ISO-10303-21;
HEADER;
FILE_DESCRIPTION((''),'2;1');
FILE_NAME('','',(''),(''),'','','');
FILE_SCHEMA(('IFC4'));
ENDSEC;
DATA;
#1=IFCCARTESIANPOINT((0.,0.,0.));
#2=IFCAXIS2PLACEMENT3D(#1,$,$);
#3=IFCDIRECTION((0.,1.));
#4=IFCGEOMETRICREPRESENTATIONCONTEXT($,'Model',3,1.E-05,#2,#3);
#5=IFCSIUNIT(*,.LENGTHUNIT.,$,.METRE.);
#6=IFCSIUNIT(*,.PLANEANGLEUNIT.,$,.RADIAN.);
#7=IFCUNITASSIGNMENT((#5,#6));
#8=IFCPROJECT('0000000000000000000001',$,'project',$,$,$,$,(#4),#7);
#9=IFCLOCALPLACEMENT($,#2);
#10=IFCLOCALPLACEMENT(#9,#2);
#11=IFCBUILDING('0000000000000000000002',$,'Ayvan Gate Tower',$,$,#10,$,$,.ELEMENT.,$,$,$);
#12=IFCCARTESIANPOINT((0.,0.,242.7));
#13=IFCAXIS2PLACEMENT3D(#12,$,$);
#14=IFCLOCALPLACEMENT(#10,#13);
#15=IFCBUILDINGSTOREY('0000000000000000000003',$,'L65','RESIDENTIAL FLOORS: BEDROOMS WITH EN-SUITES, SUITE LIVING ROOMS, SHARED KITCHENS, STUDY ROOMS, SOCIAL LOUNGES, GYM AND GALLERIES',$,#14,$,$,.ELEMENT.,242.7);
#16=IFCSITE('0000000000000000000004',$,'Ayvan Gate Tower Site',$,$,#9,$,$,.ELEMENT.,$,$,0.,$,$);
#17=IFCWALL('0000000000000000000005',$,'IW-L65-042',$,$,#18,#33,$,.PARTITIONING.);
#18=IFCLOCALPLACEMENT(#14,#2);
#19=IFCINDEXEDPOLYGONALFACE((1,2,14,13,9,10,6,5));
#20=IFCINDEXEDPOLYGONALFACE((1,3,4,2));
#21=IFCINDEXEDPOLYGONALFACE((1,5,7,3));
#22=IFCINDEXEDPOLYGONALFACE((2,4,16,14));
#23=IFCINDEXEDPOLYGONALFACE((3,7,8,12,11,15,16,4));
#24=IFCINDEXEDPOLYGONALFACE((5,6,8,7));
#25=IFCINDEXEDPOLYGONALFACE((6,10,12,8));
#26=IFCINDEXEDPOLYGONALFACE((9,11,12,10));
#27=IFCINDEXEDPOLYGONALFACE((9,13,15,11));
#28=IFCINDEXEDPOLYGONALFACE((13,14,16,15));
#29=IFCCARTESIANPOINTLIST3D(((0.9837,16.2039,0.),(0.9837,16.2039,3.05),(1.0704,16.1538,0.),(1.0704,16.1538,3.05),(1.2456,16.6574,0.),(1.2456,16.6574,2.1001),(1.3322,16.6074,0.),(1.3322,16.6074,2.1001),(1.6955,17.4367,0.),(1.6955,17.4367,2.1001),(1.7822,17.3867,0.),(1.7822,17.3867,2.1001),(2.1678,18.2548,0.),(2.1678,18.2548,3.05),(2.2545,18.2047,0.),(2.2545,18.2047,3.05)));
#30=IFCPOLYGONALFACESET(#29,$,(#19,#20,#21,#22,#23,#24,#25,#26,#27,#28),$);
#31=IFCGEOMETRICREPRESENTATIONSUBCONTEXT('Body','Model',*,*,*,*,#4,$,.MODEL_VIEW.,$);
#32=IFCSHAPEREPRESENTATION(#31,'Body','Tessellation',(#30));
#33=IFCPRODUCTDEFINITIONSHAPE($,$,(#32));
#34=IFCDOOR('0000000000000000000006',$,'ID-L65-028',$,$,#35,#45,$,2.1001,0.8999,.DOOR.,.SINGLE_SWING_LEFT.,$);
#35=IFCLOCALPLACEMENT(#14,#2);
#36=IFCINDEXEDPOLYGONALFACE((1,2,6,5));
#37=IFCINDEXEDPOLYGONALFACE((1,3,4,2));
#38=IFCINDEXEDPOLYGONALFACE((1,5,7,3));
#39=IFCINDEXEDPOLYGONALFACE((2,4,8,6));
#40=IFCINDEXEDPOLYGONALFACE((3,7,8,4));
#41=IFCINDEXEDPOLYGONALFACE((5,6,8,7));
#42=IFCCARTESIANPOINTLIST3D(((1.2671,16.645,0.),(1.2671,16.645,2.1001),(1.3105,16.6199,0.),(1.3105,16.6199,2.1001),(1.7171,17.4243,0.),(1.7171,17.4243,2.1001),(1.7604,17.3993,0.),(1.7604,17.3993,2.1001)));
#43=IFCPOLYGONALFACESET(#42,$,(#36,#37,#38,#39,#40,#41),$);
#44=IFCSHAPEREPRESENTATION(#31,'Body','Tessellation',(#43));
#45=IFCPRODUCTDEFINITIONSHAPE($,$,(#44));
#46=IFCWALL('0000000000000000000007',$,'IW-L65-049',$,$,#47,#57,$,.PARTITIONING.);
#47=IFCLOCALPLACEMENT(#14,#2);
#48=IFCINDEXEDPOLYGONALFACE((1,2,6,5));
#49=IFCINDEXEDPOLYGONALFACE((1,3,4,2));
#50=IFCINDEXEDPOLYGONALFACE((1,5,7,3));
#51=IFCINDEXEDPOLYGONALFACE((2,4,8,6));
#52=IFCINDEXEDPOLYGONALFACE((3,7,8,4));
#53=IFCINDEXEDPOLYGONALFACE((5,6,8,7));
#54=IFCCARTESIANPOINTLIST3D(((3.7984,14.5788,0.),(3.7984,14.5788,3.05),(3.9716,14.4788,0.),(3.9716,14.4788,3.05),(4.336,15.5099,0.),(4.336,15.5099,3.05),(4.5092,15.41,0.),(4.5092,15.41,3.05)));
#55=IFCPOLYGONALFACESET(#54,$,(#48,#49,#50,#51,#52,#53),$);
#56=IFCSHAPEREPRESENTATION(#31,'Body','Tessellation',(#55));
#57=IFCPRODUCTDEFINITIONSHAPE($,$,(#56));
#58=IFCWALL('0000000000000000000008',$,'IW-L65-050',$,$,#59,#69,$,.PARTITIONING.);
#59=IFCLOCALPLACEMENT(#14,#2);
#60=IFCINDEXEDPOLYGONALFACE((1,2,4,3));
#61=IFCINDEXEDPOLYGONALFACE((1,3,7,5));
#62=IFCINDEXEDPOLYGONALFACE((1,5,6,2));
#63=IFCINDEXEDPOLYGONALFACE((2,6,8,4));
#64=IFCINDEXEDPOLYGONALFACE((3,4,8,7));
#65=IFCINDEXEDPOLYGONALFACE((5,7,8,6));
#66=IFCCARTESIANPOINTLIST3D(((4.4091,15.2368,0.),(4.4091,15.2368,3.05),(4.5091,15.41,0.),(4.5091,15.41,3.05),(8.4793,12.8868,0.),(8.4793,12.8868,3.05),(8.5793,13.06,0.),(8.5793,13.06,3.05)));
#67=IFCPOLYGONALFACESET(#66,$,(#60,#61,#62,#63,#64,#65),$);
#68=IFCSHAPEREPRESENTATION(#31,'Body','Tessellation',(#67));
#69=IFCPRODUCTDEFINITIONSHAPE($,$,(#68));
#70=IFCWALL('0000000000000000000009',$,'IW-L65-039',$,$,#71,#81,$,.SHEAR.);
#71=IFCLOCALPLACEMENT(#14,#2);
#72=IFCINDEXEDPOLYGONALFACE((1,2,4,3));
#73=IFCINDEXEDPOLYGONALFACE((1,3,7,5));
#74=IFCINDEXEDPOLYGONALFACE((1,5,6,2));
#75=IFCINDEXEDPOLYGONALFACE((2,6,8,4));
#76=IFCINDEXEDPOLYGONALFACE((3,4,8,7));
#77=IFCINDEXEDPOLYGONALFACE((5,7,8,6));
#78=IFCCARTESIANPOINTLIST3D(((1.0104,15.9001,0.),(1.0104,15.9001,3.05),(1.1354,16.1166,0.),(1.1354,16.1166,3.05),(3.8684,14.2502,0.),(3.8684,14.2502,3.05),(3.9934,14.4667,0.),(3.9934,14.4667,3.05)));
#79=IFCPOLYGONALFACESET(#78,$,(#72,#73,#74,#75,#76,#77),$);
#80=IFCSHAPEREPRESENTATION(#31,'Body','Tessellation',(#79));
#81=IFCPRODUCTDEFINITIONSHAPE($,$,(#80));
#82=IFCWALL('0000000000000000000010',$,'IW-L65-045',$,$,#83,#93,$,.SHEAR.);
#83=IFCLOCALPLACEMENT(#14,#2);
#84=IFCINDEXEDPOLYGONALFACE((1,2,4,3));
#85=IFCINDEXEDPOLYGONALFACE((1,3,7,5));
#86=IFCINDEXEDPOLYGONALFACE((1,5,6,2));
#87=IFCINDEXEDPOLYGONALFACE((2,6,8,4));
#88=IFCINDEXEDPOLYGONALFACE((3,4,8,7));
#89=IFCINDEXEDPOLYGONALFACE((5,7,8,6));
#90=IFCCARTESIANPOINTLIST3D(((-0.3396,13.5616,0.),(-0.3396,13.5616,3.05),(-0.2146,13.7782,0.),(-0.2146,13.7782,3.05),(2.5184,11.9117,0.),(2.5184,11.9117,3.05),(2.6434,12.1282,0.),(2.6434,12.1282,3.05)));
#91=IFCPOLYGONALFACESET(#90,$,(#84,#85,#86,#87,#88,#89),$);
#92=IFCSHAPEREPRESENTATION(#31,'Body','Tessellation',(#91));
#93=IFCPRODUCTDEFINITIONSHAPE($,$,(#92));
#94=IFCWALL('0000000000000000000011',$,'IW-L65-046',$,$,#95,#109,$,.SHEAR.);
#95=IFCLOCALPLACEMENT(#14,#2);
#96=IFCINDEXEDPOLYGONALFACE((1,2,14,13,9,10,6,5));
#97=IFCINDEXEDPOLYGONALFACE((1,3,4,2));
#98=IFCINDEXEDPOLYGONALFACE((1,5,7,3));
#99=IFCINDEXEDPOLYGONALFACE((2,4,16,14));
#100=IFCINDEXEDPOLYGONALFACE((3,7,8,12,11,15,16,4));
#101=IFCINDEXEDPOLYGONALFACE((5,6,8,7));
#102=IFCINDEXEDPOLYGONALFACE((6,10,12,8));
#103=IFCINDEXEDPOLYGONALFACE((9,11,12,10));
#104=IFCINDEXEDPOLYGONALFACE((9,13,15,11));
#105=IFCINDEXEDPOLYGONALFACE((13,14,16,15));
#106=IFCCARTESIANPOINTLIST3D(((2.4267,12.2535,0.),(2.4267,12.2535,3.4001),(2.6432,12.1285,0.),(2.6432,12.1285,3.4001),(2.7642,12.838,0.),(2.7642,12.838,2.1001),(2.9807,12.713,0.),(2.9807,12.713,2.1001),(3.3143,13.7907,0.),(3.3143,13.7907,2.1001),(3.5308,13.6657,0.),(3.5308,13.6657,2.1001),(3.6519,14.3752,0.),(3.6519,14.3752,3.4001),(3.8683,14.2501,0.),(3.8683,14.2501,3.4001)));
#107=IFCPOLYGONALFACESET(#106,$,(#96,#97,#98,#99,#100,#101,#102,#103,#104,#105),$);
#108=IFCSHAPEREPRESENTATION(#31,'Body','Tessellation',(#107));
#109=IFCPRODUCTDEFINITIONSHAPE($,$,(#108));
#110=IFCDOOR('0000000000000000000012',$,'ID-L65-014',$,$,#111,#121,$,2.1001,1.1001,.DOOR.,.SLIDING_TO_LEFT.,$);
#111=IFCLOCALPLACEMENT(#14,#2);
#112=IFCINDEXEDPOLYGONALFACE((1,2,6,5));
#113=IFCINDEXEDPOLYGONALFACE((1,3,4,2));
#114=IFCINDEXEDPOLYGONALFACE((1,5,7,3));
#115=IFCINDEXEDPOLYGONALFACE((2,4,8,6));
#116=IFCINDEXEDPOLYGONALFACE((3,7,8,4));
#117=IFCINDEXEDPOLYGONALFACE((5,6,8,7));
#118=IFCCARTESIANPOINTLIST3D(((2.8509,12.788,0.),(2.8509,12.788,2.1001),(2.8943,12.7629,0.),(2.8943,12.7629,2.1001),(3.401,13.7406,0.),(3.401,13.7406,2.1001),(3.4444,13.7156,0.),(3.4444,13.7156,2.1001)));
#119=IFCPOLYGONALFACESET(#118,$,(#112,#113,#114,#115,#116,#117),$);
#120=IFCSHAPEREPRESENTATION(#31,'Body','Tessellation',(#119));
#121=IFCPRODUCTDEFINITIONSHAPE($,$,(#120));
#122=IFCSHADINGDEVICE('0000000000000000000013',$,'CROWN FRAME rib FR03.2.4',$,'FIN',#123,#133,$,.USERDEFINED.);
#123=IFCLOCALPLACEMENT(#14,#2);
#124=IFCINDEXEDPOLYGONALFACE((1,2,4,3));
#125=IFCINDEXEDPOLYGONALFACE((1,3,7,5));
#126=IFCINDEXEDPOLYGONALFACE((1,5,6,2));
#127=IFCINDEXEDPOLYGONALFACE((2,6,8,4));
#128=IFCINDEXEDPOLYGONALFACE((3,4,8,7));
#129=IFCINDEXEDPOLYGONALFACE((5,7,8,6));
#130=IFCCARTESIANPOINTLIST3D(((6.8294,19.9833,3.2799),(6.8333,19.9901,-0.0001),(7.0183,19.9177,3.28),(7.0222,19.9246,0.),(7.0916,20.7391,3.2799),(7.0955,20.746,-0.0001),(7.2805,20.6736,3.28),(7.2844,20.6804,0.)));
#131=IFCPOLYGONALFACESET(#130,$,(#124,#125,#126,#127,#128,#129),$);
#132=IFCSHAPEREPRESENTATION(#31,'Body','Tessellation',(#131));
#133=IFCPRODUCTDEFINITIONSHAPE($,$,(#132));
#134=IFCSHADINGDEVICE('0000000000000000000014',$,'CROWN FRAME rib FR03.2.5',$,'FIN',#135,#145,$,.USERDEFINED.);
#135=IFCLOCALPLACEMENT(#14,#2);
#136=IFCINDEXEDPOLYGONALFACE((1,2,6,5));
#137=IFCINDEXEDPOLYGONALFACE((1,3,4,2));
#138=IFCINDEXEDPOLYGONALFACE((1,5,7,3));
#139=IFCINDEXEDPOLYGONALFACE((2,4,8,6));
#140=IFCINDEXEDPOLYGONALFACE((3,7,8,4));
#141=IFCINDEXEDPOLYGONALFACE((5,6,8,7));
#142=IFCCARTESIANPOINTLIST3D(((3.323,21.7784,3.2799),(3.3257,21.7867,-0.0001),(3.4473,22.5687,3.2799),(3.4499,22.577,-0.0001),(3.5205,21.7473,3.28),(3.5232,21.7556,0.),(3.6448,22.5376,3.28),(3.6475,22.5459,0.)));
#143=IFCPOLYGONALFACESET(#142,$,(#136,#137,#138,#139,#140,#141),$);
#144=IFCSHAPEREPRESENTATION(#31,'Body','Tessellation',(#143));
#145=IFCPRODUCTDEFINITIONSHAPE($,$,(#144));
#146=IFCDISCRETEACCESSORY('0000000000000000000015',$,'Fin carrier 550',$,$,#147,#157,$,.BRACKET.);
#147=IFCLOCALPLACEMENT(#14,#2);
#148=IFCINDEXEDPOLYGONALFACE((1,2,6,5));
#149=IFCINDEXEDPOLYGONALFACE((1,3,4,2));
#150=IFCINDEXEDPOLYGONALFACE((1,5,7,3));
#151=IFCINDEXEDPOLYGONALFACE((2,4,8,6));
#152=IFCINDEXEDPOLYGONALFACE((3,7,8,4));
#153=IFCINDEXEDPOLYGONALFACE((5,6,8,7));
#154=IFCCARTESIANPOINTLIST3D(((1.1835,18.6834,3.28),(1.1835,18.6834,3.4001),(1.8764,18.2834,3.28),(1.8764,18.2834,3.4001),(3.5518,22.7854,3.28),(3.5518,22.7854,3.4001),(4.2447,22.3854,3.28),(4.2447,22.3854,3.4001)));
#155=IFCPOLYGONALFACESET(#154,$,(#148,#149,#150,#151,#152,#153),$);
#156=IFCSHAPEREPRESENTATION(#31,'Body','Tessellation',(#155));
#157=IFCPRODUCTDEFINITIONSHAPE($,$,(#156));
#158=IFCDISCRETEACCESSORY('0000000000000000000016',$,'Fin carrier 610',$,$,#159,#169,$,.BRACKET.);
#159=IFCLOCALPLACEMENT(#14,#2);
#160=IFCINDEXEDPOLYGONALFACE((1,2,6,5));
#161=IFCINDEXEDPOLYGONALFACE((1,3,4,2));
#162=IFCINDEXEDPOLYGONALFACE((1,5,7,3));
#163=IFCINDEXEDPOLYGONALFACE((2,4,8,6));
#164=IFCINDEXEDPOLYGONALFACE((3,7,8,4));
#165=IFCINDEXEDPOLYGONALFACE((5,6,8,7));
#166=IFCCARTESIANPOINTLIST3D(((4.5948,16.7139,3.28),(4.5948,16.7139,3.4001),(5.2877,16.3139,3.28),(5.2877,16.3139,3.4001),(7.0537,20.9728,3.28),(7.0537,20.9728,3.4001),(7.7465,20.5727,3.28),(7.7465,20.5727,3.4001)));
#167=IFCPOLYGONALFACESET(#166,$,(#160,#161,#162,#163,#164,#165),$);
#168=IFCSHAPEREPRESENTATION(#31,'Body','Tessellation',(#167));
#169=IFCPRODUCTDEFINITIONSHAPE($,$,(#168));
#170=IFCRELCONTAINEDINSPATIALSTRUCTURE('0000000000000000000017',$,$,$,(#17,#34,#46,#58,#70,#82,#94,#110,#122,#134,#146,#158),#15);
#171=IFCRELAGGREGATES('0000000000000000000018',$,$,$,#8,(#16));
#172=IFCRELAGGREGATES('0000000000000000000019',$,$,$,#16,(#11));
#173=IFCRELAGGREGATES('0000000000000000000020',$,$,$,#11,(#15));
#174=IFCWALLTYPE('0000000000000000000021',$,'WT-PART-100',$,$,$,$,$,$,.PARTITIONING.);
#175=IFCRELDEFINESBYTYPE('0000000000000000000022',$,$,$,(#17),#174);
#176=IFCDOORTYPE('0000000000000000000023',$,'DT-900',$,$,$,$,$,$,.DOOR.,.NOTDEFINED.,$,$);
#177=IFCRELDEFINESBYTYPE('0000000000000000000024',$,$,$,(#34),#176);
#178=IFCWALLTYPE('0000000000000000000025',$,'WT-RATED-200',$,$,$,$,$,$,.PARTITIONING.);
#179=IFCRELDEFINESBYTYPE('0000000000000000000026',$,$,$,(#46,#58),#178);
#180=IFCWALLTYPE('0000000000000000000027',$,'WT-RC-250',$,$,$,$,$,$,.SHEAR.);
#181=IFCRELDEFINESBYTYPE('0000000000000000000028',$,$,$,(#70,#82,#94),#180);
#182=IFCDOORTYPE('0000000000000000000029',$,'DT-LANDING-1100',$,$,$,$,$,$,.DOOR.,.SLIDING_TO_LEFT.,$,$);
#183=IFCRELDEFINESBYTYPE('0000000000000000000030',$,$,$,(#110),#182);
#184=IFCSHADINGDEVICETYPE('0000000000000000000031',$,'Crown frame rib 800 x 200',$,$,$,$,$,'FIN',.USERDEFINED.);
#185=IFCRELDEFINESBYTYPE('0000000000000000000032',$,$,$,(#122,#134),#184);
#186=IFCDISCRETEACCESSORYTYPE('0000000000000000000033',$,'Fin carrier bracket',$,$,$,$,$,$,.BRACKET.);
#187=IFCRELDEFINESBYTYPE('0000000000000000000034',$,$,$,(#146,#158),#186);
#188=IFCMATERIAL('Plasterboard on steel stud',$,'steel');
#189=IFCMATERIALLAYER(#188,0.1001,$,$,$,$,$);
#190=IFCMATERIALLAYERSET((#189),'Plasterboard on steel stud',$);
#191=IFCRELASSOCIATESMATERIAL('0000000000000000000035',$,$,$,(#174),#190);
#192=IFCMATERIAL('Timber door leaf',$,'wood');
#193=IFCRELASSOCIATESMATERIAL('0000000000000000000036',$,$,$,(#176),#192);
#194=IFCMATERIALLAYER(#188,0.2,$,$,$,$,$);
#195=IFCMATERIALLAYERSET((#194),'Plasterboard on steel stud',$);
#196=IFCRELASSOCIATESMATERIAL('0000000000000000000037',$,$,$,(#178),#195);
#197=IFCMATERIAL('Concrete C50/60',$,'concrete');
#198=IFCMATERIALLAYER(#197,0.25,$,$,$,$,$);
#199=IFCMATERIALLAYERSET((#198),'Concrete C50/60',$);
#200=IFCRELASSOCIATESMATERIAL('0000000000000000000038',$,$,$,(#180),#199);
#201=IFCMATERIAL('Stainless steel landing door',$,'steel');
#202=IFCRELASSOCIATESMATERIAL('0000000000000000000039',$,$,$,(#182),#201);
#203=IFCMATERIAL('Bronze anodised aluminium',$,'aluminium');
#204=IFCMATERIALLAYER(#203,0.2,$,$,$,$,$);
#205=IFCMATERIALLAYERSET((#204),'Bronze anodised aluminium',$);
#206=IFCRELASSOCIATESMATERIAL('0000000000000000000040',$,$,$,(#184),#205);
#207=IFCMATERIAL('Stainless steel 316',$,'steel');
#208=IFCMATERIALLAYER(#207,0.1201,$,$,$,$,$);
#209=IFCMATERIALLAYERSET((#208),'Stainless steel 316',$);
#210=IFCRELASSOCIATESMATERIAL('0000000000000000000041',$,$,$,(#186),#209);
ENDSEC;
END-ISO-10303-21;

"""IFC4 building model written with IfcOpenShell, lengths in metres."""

from ifc_helpers import new_model, si_unit, direction, frame, frame_2d, origin, origin_2d, place, context, subcontext, project, spatial, polyline, rectangle, outline, extrude, material, layer, layer_set, type_object, element, fill, save


model = new_model("IFC4")

# Units and contexts
model_context = context("Model", 3, precision=1e-05, world=origin(), true_north=direction((0.0, 1.0)))
body_context = subcontext(model_context, "Body", "Model", "MODEL_VIEW")
ifc_project = project(units=[si_unit("LENGTHUNIT", "METRE"), si_unit("PLANEANGLEUNIT", "RADIAN")], contexts=[model_context])

# Site, building, storey
site_placement = place(None, origin())
site = spatial("IfcSite", under=ifc_project, at=site_placement, Name="Ayvan Gate Tower Site", CompositionType="ELEMENT", RefElevation=0.0)
building_placement = place(site_placement, origin())
building = spatial("IfcBuilding", under=site, at=building_placement, Name="Ayvan Gate Tower", CompositionType="ELEMENT")
storey_placement = place(building_placement, frame((0.0, 0.0, 242.7)))
storey = spatial("IfcBuildingStorey", under=building, at=storey_placement, Name="L65", Description="RESIDENTIAL FLOORS: BEDROOMS WITH EN-SUITES, SUITE LIVING ROOMS, SHARED KITCHENS, STUDY ROOMS, SOCIAL LOUNGES, GYM AND GALLERIES", CompositionType="ELEMENT", Elevation=242.7)

# Shared definitions
ifc_material_1 = material(Name="Concrete C50/60", Category="concrete")

# Shared definitions
ifc_material_2 = material(Name="Bronze anodised aluminium", Category="aluminium")

# Wall, opening, door
ifc_material_3 = material(Name="Plasterboard on steel stud", Category="steel")
ifc_layer_1 = layer(ifc_material_3, 0.1001)
ifc_layer_set_1 = layer_set([ifc_layer_1], Name="Plasterboard on steel stud")
wall_type_1 = type_object("IfcWallType", Name="WT-PART-100", PredefinedType="PARTITIONING", material=ifc_layer_set_1)
wall_1_placement = place(storey_placement, frame((2.2112, 18.2297, 0.0), z_axis=(0.0, 0.0, 1.0), x_axis=(-0.50002, -0.866014, 0.0)))
wall_1 = element("IfcWall", 1, at=wall_1_placement, inside=storey, type_object=wall_type_1, Name="IW-L65-042", PredefinedType="PARTITIONING", context=body_context, shape_type="SweptSolid", body=[
    extrude(rectangle(XDim=2.3682, YDim=0.1001, at=frame_2d((1.1841, 0.0))), origin(), (0.0, 0.0, 1.0), 3.05),
])
opening_1_placement = place(wall_1_placement, frame((0.9446, 0.0, 0.0)))
opening_1 = element("IfcOpeningElement", 2, at=opening_1_placement, cuts=wall_1, PredefinedType="OPENING", context=body_context, shape_type="SweptSolid", body=[
    extrude(rectangle(XDim=0.8999, YDim=2.1001, at=frame_2d((0.45, 1.05))), frame((0.0, 0.0601, 0.0), z_axis=(0.0, -1.0, 0.0), x_axis=(1.0, 0.0, 0.0)), (0.0, 0.0, 1.0), 0.1201),
])
ifc_material_4 = material(Name="Timber door leaf", Category="wood")
door_type_1 = type_object("IfcDoorType", Name="DT-900", OperationType="NOTDEFINED", PredefinedType="DOOR", material=ifc_material_4)
door_1_placement = place(opening_1_placement, origin())
door_1 = element("IfcDoor", 3, at=door_1_placement, inside=storey, type_object=door_type_1, Name="ID-L65-028", OperationType="SINGLE_SWING_LEFT", OverallHeight=2.1001, OverallWidth=0.8999, PredefinedType="DOOR", context=body_context, shape_type="SweptSolid", body=[
    extrude(rectangle(XDim=0.8999, YDim=2.1001, at=frame_2d((0.45, 1.05))), frame((0.0, 0.0249, 0.0), z_axis=(0.0, -1.0, 0.0), x_axis=(1.0, 0.0, 0.0)), (0.0, 0.0, 1.0), 0.05),
])
fill(opening_1, door_1)

# Walls
ifc_layer_2 = layer(ifc_material_3, 0.2)
ifc_layer_set_2 = layer_set([ifc_layer_2], Name="Plasterboard on steel stud")
wall_type_2 = type_object("IfcWallType", Name="WT-RATED-200", PredefinedType="PARTITIONING", material=ifc_layer_set_2)
wall_2_placement = place(storey_placement, frame((3.885, 14.5288, 0.0), z_axis=(0.0, 0.0, 1.0), x_axis=(0.499998, 0.866027, 0.0)))
element("IfcWall", 4, at=wall_2_placement, inside=storey, type_object=wall_type_2, Name="IW-L65-049", PredefinedType="PARTITIONING", context=body_context, shape_type="SweptSolid", body=[
    extrude(rectangle(XDim=1.0752, YDim=0.2, at=frame_2d((0.5376, 0.0))), origin(), (0.0, 0.0, 1.0), 3.05),
])
wall_3_placement = place(storey_placement, frame((4.459, 15.3235, 0.0), z_axis=(0.0, 0.0, 1.0), x_axis=(0.866016, -0.500016, 0.0)))
element("IfcWall", 5, at=wall_3_placement, inside=storey, type_object=wall_type_2, Name="IW-L65-050", PredefinedType="PARTITIONING", context=body_context, shape_type="SweptSolid", body=[
    extrude(rectangle(XDim=4.7, YDim=0.2, at=frame_2d((2.3501, 0.0))), origin(), (0.0, 0.0, 1.0), 3.05),
])
ifc_layer_3 = layer(ifc_material_1, 0.25)
ifc_layer_set_3 = layer_set([ifc_layer_3], Name="Concrete C50/60")
wall_type_3 = type_object("IfcWallType", Name="WT-RC-250", PredefinedType="SHEAR", material=ifc_layer_set_3)
for number, where, z_axis, x_axis, name in (
    (6, (1.073, 16.0083, 0.0), (0.0, 0.0, 1.0), (0.86604, -0.499974, 0.0), "IW-L65-039"),
    (7, (2.5808, 12.02, 0.0), (0.0, 0.0, 1.0), (-0.86604, 0.499974, 0.0), "IW-L65-045"),
):
    element("IfcWall", number, at=place(storey_placement, frame(where, z_axis=z_axis, x_axis=x_axis)), inside=storey, type_object=wall_type_3, Name=name, PredefinedType="SHEAR", context=body_context, shape_type="SweptSolid", body=[
        extrude(rectangle(XDim=3.3, YDim=0.25, at=frame_2d((1.6499, 0.0))), origin(), (0.0, 0.0, 1.0), 3.05),
    ])

# Wall, opening, door
wall_4_placement = place(storey_placement, frame((2.5349, 12.1909, 0.0), z_axis=(0.0, 0.0, 1.0), x_axis=(0.500062, 0.86599, 0.0)))
wall_4 = element("IfcWall", 8, at=wall_4_placement, inside=storey, type_object=wall_type_3, Name="IW-L65-046", PredefinedType="SHEAR", context=body_context, shape_type="SweptSolid", body=[
    extrude(rectangle(XDim=2.45, YDim=0.25, at=frame_2d((1.2251, 0.0))), origin(), (0.0, 0.0, 1.0), 3.4001),
])
opening_2_placement = place(wall_4_placement, frame((0.675, 0.0, 0.0)))
opening_2 = element("IfcOpeningElement", 9, at=opening_2_placement, cuts=wall_4, PredefinedType="OPENING", context=body_context, shape_type="SweptSolid", body=[
    extrude(rectangle(XDim=1.1001, YDim=2.1001, at=frame_2d((0.55, 1.05))), frame((0.0, 0.135, 0.0), z_axis=(0.0, -1.0, 0.0), x_axis=(1.0, 0.0, 0.0)), (0.0, 0.0, 1.0), 0.27),
])
ifc_material_5 = material(Name="Stainless steel landing door", Category="steel")
door_type_2 = type_object("IfcDoorType", Name="DT-LANDING-1100", OperationType="SLIDING_TO_LEFT", PredefinedType="DOOR", material=ifc_material_5)
door_2_placement = place(opening_2_placement, origin())
door_2 = element("IfcDoor", 10, at=door_2_placement, inside=storey, type_object=door_type_2, Name="ID-L65-014", OperationType="SLIDING_TO_LEFT", OverallHeight=2.1001, OverallWidth=1.1001, PredefinedType="DOOR", context=body_context, shape_type="SweptSolid", body=[
    extrude(rectangle(XDim=1.1001, YDim=2.1001, at=frame_2d((0.55, 1.05))), frame((0.0, 0.0249, 0.0), z_axis=(0.0, -1.0, 0.0), x_axis=(1.0, 0.0, 0.0)), (0.0, 0.0, 1.0), 0.05),
])
fill(opening_2, door_2)

# Shading devices
ifc_layer_4 = layer(ifc_material_2, 0.2)
ifc_layer_set_4 = layer_set([ifc_layer_4], Name="Bronze anodised aluminium")
shading_device_type = type_object("IfcShadingDeviceType", Name="Crown frame rib 800 x 200", ElementType="FIN", PredefinedType="USERDEFINED", material=ifc_layer_set_4)
shading_device_1_placement = place(storey_placement, frame((7.0222, 19.9246, 0.0), z_axis=(0.944768, -0.327739, 0.000442), x_axis=(0.327739, 0.944768, 0.0)))
element("IfcShadingDevice", 11, at=shading_device_1_placement, inside=storey, type_object=shading_device_type, Name="CROWN FRAME rib FR03.2.4", ObjectType="FIN", PredefinedType="USERDEFINED", context=body_context, shape_type="SweptSolid", body=[
    extrude(outline(polyline([(0.0, 0.0), (0.8, 0.0), (0.7923, 3.28), (-0.0077, 3.28), (0.0, 0.0)])), origin(), (0.0, 0.0, -1.0), 0.2),
])
shading_device_2_placement = place(storey_placement, frame((3.5232, 21.7556, 0.0), z_axis=(0.987862, -0.155336, 0.000416), x_axis=(0.155336, 0.987862, 0.0)))
element("IfcShadingDevice", 12, at=shading_device_2_placement, inside=storey, type_object=shading_device_type, Name="CROWN FRAME rib FR03.2.5", ObjectType="FIN", PredefinedType="USERDEFINED", context=body_context, shape_type="SweptSolid", body=[
    extrude(outline(polyline([(0.0, 0.0), (0.8, 0.0), (0.7914, 3.28), (-0.0086, 3.28), (0.0, 0.0)])), origin(), (0.0, 0.0, -1.0), 0.2),
])

# Discrete accessories
ifc_material_6 = material(Name="Stainless steel 316", Category="steel")
ifc_layer_5 = layer(ifc_material_6, 0.1201)
ifc_layer_set_5 = layer_set([ifc_layer_5], Name="Stainless steel 316")
discrete_accessory_type = type_object("IfcDiscreteAccessoryType", Name="Fin carrier bracket", PredefinedType="BRACKET", material=ifc_layer_set_5)
discrete_accessory_1_placement = place(storey_placement, frame((2.7141, 20.5344, 3.28), z_axis=(0.0, 0.0, 1.0), x_axis=(-0.866025, 0.5, 0.0)))
element("IfcDiscreteAccessory", 13, at=discrete_accessory_1_placement, inside=storey, type_object=discrete_accessory_type, Name="Fin carrier 550", PredefinedType="BRACKET", context=body_context, shape_type="SweptSolid", body=[
    extrude(rectangle(XDim=0.8, YDim=4.7366, at=origin_2d()), origin(), (0.0, 0.0, 1.0), 0.1201),
])
discrete_accessory_2_placement = place(storey_placement, frame((6.1707, 18.6433, 3.28), z_axis=(0.0, 0.0, 1.0), x_axis=(-0.866025, 0.5, 0.0)))
element("IfcDiscreteAccessory", 14, at=discrete_accessory_2_placement, inside=storey, type_object=discrete_accessory_type, Name="Fin carrier 610", PredefinedType="BRACKET", context=body_context, shape_type="SweptSolid", body=[
    extrude(rectangle(XDim=0.8, YDim=4.9177, at=origin_2d()), origin(), (0.0, 0.0, 1.0), 0.1201),
])

save(model, "model.ifc")
